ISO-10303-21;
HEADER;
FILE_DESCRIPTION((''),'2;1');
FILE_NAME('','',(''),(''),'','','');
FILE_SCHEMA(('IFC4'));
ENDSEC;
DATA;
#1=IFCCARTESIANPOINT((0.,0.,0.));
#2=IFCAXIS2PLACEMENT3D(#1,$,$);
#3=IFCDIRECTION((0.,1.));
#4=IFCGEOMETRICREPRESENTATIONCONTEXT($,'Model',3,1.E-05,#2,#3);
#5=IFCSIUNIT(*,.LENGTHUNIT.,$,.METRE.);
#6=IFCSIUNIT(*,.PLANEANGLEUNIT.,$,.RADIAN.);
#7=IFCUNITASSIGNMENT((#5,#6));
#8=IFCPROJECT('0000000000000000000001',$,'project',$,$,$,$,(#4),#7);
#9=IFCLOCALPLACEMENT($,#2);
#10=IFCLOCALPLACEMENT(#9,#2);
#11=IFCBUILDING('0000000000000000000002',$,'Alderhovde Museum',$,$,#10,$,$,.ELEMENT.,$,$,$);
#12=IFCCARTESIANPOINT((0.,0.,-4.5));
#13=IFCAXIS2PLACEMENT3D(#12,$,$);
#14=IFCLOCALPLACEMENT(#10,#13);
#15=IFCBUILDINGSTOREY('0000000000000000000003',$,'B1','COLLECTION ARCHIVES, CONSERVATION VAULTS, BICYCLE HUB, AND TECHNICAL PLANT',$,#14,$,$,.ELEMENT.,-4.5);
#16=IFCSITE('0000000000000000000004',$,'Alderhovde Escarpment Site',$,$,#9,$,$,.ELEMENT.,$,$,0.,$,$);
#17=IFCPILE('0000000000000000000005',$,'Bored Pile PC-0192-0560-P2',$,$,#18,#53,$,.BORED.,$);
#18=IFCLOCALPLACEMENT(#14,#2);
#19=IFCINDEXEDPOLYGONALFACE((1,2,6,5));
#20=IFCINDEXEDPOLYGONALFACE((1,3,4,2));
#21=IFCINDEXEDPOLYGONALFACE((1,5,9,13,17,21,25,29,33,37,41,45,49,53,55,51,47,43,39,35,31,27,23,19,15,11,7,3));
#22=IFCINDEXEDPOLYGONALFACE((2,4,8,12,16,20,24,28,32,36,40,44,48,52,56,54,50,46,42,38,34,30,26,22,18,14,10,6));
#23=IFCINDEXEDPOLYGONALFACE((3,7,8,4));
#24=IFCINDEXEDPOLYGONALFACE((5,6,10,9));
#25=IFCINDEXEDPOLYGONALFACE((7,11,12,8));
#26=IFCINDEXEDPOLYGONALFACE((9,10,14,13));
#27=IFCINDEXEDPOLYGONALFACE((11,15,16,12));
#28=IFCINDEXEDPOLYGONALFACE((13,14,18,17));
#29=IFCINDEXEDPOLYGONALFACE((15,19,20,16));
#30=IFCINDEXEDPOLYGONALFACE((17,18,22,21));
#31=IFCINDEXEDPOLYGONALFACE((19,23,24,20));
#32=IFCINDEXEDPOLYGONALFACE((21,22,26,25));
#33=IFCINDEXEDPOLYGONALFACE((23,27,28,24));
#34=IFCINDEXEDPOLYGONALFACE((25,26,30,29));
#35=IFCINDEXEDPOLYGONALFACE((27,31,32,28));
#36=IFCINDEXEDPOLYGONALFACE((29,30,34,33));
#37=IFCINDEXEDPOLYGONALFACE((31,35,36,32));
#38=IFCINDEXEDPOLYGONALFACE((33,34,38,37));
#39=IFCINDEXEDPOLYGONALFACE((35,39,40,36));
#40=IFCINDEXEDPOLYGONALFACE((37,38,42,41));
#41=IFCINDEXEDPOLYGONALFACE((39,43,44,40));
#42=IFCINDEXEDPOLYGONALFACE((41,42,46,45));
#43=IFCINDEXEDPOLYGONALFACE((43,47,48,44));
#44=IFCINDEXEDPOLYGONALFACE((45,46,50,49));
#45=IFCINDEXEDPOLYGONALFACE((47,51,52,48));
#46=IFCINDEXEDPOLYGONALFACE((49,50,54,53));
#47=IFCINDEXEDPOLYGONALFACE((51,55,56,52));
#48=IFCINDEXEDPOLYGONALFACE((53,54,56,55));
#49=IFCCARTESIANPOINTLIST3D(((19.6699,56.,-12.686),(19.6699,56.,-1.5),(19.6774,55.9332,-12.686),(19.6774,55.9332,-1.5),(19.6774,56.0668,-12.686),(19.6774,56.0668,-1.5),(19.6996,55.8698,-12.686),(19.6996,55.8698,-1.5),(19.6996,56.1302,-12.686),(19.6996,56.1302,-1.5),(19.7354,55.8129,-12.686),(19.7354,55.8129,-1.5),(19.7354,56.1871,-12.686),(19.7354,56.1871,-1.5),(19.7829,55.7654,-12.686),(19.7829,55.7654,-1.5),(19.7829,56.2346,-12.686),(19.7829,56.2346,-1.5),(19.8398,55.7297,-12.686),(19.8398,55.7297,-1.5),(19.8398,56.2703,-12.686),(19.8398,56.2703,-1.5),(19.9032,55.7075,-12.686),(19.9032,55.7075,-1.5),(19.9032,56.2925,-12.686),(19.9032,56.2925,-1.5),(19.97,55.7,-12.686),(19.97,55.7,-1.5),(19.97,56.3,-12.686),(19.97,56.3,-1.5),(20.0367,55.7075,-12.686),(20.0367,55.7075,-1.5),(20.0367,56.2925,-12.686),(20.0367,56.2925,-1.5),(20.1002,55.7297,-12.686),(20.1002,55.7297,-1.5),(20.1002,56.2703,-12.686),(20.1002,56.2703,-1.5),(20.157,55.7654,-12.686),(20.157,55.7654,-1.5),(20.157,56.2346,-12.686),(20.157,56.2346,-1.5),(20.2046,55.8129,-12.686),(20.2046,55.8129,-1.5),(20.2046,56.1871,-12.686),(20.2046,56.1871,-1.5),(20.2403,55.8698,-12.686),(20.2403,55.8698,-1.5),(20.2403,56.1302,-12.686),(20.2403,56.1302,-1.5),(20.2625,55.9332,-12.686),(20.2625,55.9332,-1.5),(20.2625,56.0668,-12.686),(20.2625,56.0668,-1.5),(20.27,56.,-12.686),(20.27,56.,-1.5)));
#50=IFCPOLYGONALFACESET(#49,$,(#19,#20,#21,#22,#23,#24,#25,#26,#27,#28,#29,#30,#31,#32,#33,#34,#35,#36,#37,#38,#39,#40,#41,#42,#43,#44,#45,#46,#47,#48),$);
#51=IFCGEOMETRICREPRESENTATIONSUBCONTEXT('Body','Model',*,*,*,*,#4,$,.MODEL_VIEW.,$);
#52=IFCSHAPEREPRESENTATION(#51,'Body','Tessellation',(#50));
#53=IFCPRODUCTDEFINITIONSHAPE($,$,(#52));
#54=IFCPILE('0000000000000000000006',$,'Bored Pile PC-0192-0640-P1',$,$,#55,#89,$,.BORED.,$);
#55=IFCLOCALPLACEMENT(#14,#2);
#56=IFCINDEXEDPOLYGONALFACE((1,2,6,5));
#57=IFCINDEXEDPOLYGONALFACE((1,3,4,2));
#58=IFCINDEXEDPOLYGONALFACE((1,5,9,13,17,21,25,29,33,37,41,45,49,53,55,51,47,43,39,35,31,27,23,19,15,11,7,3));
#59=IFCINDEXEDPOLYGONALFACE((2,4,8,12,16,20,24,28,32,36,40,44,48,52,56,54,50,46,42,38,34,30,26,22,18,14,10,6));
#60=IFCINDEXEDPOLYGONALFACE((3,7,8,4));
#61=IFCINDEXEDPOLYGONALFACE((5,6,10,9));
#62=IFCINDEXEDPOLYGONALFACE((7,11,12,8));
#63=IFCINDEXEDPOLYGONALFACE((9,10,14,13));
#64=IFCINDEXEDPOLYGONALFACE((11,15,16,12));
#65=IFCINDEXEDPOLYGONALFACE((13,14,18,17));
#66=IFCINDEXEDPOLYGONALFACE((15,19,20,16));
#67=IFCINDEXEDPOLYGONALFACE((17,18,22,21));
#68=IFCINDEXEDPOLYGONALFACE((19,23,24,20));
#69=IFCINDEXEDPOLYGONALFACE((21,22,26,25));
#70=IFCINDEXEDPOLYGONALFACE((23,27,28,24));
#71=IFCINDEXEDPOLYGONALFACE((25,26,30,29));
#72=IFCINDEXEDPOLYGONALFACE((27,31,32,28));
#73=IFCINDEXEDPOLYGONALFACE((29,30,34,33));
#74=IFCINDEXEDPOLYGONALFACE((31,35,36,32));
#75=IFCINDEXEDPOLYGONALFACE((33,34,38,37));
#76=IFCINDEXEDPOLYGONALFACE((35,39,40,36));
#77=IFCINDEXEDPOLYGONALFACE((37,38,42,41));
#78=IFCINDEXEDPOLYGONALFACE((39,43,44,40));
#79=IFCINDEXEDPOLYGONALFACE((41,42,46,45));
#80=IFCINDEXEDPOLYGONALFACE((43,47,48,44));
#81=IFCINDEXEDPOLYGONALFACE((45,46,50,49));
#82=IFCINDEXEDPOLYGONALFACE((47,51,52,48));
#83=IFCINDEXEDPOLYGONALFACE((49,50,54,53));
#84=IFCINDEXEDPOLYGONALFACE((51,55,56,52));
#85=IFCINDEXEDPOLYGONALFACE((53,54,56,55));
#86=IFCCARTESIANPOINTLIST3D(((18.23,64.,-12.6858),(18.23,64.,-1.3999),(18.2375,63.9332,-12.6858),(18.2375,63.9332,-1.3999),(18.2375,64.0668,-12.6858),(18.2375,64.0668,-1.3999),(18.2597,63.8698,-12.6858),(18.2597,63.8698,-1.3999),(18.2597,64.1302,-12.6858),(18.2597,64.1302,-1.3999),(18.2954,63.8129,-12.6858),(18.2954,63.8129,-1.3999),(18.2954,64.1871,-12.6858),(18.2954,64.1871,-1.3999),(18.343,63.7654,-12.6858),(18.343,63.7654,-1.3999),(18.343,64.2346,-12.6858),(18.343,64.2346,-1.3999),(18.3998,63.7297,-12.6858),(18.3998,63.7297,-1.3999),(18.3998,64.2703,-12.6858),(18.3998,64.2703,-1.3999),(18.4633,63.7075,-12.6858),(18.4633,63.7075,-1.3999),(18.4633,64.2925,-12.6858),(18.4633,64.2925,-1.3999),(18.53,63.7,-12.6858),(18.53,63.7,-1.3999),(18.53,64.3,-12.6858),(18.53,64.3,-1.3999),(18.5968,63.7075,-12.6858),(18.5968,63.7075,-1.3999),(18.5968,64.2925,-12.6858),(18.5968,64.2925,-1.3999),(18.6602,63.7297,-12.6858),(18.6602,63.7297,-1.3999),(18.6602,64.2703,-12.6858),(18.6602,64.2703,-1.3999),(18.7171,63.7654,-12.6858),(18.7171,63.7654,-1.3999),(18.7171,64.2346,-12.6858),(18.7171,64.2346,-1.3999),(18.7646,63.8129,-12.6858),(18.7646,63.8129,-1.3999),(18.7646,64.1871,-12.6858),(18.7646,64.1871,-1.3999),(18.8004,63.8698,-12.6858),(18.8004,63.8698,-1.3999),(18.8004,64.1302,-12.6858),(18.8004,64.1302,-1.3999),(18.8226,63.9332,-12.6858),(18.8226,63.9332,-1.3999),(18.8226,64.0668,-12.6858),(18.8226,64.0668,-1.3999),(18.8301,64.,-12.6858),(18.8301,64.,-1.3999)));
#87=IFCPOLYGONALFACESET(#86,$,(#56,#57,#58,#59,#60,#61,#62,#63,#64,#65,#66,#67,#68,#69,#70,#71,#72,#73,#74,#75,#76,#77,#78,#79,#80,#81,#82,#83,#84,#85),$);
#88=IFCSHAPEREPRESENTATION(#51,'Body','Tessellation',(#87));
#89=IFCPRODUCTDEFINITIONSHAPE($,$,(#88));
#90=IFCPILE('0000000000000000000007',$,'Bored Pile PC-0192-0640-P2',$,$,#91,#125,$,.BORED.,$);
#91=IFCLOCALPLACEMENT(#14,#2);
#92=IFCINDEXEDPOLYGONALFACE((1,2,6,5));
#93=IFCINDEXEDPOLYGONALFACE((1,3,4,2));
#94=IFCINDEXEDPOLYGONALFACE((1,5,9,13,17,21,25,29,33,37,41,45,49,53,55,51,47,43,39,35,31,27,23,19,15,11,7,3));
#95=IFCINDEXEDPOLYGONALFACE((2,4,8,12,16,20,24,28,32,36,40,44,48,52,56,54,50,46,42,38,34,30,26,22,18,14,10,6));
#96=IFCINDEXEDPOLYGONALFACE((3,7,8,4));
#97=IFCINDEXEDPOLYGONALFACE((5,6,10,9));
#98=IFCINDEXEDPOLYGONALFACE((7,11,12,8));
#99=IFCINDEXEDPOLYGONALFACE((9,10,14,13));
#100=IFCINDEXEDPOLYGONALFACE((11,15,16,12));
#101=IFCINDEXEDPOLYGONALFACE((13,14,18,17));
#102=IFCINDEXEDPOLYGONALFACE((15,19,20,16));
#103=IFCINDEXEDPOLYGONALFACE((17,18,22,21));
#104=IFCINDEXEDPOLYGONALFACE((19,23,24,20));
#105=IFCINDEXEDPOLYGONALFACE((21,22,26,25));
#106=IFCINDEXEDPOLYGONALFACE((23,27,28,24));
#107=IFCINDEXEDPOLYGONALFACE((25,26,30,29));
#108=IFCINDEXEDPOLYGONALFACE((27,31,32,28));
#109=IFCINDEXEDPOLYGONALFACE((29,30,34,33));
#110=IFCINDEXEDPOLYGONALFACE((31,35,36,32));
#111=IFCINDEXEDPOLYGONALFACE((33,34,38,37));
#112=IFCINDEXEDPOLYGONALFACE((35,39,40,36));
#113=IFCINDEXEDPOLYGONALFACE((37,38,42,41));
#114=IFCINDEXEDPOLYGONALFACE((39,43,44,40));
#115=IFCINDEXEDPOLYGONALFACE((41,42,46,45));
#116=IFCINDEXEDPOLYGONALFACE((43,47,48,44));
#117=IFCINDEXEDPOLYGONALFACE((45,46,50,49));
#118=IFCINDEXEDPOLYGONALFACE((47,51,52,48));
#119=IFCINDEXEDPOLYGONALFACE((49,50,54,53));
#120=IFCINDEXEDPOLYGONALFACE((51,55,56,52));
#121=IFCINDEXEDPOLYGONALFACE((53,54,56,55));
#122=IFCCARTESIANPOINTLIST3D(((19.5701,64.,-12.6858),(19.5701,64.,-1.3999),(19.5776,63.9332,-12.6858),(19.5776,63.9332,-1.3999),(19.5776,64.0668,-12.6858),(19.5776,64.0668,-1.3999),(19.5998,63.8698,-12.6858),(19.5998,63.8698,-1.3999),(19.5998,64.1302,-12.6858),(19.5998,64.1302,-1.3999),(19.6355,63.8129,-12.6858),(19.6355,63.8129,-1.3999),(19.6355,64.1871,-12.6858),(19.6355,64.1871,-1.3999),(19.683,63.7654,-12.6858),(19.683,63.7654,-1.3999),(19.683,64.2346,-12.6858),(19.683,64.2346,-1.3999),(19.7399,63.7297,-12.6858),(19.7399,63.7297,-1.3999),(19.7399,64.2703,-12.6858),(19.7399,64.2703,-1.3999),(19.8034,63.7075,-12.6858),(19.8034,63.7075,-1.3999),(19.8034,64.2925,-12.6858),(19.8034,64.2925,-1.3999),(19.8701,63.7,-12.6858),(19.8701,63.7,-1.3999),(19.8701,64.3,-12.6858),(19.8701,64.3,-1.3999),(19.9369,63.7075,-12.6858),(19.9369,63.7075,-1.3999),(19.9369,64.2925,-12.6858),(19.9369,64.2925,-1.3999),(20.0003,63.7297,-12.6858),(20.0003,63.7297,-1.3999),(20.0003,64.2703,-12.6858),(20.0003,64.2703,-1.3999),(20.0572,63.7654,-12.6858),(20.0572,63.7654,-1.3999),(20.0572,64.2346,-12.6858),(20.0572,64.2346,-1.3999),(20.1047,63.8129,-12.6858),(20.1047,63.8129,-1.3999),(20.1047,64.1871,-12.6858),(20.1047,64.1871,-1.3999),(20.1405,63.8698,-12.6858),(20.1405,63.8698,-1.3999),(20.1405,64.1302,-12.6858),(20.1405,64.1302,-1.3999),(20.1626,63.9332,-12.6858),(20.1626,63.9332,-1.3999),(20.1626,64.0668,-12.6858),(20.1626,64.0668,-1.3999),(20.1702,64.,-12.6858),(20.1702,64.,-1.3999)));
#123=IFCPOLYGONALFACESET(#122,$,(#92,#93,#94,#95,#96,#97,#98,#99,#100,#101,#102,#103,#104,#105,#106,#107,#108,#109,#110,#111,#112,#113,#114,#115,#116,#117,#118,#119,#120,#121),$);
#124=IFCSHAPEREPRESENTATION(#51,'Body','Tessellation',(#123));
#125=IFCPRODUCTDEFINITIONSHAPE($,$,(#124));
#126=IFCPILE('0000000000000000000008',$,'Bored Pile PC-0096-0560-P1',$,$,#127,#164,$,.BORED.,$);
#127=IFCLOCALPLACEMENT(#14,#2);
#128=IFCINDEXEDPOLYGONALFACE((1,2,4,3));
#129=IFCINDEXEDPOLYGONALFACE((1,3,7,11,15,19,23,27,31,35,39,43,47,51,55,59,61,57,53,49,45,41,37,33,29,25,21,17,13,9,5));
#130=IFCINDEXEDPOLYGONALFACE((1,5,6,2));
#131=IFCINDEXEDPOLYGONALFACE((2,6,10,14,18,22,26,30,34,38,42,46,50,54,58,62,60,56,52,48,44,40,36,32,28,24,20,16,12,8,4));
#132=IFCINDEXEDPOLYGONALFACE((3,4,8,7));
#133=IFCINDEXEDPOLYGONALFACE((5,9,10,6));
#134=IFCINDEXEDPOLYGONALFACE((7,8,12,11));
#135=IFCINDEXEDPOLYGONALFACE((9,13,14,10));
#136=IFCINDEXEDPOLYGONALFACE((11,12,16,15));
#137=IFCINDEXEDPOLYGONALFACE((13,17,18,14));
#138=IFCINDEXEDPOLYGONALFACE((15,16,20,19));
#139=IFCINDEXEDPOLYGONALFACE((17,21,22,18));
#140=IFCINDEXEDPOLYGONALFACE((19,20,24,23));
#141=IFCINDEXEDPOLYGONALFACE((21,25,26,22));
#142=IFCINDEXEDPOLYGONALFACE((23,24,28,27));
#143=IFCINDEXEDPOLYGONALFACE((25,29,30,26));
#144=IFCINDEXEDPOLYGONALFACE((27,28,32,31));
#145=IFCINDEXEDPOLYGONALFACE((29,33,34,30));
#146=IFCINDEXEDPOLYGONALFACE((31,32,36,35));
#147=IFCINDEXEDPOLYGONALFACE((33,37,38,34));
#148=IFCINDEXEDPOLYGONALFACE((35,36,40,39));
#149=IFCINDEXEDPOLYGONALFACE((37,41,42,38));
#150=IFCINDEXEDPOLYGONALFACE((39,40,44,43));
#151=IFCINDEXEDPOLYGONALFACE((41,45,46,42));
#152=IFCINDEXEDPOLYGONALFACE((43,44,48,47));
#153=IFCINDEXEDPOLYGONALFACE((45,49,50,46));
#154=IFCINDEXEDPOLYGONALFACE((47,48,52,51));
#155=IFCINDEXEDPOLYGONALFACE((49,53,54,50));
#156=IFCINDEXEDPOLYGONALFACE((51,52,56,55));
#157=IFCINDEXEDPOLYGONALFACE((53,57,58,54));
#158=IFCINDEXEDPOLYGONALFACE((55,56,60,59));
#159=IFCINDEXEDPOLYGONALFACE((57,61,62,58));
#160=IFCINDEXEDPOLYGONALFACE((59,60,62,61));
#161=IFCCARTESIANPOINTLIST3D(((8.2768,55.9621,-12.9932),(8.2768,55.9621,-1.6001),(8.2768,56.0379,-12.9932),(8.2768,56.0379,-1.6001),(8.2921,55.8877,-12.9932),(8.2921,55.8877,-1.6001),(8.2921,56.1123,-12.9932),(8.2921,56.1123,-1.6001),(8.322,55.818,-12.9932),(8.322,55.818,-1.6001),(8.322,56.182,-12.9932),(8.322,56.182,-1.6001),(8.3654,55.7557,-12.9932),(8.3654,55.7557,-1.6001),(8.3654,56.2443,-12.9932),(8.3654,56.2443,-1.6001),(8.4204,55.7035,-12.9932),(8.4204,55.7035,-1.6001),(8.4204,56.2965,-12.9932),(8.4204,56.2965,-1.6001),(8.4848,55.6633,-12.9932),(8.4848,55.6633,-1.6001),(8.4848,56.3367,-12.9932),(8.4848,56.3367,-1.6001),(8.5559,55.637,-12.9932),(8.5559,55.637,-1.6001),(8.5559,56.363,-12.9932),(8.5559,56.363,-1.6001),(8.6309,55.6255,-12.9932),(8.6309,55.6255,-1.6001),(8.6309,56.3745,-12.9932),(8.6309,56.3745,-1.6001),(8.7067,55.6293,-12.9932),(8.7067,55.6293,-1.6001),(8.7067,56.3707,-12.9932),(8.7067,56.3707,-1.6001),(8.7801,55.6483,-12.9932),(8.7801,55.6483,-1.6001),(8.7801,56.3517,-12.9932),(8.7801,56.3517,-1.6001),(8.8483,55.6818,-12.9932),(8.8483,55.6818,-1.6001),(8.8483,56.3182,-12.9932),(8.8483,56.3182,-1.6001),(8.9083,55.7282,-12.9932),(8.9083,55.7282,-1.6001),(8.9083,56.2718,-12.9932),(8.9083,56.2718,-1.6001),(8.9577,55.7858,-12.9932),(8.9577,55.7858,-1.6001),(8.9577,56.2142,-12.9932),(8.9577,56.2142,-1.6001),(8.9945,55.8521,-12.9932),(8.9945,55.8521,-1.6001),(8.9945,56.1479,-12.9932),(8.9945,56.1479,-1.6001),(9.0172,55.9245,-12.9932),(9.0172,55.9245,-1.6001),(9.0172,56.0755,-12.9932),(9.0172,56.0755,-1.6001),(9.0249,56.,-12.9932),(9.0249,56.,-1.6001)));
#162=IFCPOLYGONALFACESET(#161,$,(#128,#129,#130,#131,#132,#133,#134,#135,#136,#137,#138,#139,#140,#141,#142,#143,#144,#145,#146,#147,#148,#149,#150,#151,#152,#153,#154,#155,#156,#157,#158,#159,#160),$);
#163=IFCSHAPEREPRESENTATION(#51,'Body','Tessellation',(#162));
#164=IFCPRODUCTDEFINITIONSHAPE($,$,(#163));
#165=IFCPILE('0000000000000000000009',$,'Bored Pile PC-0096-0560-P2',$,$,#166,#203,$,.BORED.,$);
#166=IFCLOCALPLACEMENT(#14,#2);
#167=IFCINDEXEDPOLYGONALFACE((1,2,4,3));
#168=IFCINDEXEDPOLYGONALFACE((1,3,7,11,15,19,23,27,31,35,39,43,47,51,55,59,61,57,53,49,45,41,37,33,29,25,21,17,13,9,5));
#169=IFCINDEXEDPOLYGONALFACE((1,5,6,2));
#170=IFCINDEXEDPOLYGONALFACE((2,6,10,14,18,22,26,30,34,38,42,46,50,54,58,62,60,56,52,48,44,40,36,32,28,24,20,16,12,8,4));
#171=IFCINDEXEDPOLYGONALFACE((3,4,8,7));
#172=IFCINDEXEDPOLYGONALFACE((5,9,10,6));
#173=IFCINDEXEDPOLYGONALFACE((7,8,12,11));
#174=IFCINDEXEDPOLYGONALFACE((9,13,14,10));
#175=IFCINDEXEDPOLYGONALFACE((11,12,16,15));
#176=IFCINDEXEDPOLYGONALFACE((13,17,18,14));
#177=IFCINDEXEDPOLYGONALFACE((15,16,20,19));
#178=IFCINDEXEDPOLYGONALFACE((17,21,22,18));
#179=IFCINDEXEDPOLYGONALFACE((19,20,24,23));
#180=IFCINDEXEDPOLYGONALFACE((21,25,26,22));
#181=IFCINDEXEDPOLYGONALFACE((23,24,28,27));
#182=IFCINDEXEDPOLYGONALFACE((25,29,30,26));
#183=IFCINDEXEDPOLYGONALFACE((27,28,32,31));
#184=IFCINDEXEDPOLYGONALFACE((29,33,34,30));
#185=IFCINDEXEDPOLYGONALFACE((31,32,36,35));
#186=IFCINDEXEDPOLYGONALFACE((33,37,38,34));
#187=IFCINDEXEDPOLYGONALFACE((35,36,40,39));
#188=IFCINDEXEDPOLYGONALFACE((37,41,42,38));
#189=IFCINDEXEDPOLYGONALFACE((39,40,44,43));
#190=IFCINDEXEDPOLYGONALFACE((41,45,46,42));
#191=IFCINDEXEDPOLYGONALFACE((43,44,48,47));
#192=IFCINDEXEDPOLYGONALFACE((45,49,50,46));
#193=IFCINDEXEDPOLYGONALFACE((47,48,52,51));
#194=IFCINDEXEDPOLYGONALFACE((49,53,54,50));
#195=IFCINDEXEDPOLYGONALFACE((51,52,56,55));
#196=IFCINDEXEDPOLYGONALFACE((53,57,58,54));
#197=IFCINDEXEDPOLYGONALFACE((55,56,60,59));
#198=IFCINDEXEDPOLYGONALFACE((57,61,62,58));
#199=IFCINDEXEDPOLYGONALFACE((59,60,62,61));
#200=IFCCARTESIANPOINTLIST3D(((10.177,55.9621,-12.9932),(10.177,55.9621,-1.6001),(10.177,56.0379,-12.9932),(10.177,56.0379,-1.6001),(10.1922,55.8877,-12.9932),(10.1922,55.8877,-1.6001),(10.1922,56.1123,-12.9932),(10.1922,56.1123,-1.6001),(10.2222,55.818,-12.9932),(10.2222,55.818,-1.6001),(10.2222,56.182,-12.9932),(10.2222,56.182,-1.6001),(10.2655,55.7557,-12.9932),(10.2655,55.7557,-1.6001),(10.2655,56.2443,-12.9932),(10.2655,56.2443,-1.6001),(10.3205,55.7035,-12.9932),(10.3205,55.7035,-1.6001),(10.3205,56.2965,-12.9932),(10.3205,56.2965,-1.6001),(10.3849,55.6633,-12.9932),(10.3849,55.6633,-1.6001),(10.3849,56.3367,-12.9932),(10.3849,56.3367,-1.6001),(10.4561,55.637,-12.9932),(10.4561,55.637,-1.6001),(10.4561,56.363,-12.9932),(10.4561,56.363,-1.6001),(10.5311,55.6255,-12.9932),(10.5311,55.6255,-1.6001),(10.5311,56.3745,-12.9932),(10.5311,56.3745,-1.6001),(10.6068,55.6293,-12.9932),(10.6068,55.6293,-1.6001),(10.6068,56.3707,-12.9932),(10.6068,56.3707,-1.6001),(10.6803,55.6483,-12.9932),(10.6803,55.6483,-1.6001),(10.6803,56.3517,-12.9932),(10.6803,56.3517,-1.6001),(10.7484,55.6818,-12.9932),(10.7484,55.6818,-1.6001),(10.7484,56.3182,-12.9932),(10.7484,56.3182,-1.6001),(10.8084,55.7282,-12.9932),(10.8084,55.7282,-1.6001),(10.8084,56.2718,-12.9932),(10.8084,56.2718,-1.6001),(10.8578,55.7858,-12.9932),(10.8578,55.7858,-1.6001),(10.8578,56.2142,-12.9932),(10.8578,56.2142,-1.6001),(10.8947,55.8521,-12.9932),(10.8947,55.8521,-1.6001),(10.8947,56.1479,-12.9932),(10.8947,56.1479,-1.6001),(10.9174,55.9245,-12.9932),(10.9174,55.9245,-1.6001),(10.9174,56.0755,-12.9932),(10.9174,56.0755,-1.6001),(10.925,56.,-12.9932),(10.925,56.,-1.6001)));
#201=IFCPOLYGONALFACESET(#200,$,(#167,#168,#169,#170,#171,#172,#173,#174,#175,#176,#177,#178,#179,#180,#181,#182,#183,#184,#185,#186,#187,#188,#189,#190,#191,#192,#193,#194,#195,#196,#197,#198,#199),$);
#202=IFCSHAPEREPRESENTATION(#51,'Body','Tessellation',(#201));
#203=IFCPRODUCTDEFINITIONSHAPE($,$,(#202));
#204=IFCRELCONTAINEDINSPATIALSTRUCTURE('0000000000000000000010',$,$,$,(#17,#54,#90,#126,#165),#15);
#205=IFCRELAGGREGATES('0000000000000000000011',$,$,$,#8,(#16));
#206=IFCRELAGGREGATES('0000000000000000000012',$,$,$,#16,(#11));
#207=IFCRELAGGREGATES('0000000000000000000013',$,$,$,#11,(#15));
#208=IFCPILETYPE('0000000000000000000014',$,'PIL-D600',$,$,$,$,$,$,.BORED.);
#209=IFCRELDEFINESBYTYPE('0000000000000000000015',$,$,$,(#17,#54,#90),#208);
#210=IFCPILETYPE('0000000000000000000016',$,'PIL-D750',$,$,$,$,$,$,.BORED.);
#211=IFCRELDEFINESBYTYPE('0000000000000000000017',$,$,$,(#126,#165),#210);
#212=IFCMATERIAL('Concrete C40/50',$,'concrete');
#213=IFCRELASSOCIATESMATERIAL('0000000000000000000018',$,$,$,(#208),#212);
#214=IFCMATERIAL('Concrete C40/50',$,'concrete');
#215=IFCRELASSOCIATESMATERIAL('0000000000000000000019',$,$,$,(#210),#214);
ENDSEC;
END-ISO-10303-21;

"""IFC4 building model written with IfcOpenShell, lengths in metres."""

from ifc_helpers import new_model, si_unit, direction, frame, origin, origin_2d, place, context, subcontext, project, spatial, circle, extrude, material, material_profile, profile_set, type_object, element, save


model = new_model("IFC4")

# Units and contexts
model_context = context("Model", 3, precision=1e-05, world=origin(), true_north=direction((0.0, 1.0)))
body_context = subcontext(model_context, "Body", "Model", "MODEL_VIEW")
ifc_project = project(units=[si_unit("LENGTHUNIT", "METRE"), si_unit("PLANEANGLEUNIT", "RADIAN")], contexts=[model_context])

# Site, building, storey
site_placement = place(None, origin())
site = spatial("IfcSite", under=ifc_project, at=site_placement, Name="Alderhovde Escarpment Site", CompositionType="ELEMENT", RefElevation=0.0)
building_placement = place(site_placement, origin())
building = spatial("IfcBuilding", under=site, at=building_placement, Name="Alderhovde Museum", CompositionType="ELEMENT")
storey_placement = place(building_placement, frame((0.0, 0.0, -4.5)))
storey = spatial("IfcBuildingStorey", under=building, at=storey_placement, Name="B1", Description="COLLECTION ARCHIVES, CONSERVATION VAULTS, BICYCLE HUB, AND TECHNICAL PLANT", CompositionType="ELEMENT", Elevation=-4.5)

# Piles
ifc_material_1 = material(Name="Concrete C40/50", Category="concrete")
ifc_material_profile_1 = material_profile(ifc_material_1, circle(Radius=0.3, at=origin_2d()), Name="PILE-D600")
ifc_profile_set_1 = profile_set([ifc_material_profile_1], Name="Concrete C40/50")
pile_type_1 = type_object("IfcPileType", Name="PIL-D600", PredefinedType="BORED", material=ifc_profile_set_1)
for number, where, z_axis, x_axis, name in (
    (1, (19.97, 56.0, -1.5), (0.0, 0.0, -1.0), (1.0, 0.0, 0.0), "Bored Pile PC-0192-0560-P2"),
):
    element("IfcPile", number, at=place(storey_placement, frame(where, z_axis=z_axis, x_axis=x_axis)), inside=storey, type_object=pile_type_1, Name=name, PredefinedType="BORED", context=body_context, shape_type="SweptSolid", body=[
        extrude(circle(Radius=0.3, at=origin_2d()), origin(), (0.0, 0.0, 1.0), 11.186),
    ])
for number, where, z_axis, x_axis, name in (
    (2, (18.53, 64.0, -1.3999), (0.0, 0.0, -1.0), (1.0, 0.0, 0.0), "Bored Pile PC-0192-0640-P1"),
    (3, (19.8701, 64.0, -1.3999), (0.0, 0.0, -1.0), (1.0, 0.0, 0.0), "Bored Pile PC-0192-0640-P2"),
):
    element("IfcPile", number, at=place(storey_placement, frame(where, z_axis=z_axis, x_axis=x_axis)), inside=storey, type_object=pile_type_1, Name=name, PredefinedType="BORED", context=body_context, shape_type="SweptSolid", body=[
        extrude(circle(Radius=0.3, at=origin_2d()), origin(), (0.0, 0.0, 1.0), 11.2859),
    ])
ifc_material_2 = material(Name="Concrete C40/50", Category="concrete")
ifc_material_profile_2 = material_profile(ifc_material_2, circle(Radius=0.375, at=origin_2d()), Name="PILE-D750")
ifc_profile_set_2 = profile_set([ifc_material_profile_2], Name="Concrete C40/50")
pile_type_2 = type_object("IfcPileType", Name="PIL-D750", PredefinedType="BORED", material=ifc_profile_set_2)
for number, where, z_axis, x_axis, name in (
    (4, (8.6499, 56.0, -1.6001), (0.0, 0.0, -1.0), (1.0, 0.0, 0.0), "Bored Pile PC-0096-0560-P1"),
    (5, (10.55, 56.0, -1.6001), (0.0, 0.0, -1.0), (1.0, 0.0, 0.0), "Bored Pile PC-0096-0560-P2"),
):
    element("IfcPile", number, at=place(storey_placement, frame(where, z_axis=z_axis, x_axis=x_axis)), inside=storey, type_object=pile_type_2, Name=name, PredefinedType="BORED", context=body_context, shape_type="SweptSolid", body=[
        extrude(circle(Radius=0.375, at=origin_2d()), origin(), (0.0, 0.0, 1.0), 11.3931),
    ])

save(model, "model.ifc")
